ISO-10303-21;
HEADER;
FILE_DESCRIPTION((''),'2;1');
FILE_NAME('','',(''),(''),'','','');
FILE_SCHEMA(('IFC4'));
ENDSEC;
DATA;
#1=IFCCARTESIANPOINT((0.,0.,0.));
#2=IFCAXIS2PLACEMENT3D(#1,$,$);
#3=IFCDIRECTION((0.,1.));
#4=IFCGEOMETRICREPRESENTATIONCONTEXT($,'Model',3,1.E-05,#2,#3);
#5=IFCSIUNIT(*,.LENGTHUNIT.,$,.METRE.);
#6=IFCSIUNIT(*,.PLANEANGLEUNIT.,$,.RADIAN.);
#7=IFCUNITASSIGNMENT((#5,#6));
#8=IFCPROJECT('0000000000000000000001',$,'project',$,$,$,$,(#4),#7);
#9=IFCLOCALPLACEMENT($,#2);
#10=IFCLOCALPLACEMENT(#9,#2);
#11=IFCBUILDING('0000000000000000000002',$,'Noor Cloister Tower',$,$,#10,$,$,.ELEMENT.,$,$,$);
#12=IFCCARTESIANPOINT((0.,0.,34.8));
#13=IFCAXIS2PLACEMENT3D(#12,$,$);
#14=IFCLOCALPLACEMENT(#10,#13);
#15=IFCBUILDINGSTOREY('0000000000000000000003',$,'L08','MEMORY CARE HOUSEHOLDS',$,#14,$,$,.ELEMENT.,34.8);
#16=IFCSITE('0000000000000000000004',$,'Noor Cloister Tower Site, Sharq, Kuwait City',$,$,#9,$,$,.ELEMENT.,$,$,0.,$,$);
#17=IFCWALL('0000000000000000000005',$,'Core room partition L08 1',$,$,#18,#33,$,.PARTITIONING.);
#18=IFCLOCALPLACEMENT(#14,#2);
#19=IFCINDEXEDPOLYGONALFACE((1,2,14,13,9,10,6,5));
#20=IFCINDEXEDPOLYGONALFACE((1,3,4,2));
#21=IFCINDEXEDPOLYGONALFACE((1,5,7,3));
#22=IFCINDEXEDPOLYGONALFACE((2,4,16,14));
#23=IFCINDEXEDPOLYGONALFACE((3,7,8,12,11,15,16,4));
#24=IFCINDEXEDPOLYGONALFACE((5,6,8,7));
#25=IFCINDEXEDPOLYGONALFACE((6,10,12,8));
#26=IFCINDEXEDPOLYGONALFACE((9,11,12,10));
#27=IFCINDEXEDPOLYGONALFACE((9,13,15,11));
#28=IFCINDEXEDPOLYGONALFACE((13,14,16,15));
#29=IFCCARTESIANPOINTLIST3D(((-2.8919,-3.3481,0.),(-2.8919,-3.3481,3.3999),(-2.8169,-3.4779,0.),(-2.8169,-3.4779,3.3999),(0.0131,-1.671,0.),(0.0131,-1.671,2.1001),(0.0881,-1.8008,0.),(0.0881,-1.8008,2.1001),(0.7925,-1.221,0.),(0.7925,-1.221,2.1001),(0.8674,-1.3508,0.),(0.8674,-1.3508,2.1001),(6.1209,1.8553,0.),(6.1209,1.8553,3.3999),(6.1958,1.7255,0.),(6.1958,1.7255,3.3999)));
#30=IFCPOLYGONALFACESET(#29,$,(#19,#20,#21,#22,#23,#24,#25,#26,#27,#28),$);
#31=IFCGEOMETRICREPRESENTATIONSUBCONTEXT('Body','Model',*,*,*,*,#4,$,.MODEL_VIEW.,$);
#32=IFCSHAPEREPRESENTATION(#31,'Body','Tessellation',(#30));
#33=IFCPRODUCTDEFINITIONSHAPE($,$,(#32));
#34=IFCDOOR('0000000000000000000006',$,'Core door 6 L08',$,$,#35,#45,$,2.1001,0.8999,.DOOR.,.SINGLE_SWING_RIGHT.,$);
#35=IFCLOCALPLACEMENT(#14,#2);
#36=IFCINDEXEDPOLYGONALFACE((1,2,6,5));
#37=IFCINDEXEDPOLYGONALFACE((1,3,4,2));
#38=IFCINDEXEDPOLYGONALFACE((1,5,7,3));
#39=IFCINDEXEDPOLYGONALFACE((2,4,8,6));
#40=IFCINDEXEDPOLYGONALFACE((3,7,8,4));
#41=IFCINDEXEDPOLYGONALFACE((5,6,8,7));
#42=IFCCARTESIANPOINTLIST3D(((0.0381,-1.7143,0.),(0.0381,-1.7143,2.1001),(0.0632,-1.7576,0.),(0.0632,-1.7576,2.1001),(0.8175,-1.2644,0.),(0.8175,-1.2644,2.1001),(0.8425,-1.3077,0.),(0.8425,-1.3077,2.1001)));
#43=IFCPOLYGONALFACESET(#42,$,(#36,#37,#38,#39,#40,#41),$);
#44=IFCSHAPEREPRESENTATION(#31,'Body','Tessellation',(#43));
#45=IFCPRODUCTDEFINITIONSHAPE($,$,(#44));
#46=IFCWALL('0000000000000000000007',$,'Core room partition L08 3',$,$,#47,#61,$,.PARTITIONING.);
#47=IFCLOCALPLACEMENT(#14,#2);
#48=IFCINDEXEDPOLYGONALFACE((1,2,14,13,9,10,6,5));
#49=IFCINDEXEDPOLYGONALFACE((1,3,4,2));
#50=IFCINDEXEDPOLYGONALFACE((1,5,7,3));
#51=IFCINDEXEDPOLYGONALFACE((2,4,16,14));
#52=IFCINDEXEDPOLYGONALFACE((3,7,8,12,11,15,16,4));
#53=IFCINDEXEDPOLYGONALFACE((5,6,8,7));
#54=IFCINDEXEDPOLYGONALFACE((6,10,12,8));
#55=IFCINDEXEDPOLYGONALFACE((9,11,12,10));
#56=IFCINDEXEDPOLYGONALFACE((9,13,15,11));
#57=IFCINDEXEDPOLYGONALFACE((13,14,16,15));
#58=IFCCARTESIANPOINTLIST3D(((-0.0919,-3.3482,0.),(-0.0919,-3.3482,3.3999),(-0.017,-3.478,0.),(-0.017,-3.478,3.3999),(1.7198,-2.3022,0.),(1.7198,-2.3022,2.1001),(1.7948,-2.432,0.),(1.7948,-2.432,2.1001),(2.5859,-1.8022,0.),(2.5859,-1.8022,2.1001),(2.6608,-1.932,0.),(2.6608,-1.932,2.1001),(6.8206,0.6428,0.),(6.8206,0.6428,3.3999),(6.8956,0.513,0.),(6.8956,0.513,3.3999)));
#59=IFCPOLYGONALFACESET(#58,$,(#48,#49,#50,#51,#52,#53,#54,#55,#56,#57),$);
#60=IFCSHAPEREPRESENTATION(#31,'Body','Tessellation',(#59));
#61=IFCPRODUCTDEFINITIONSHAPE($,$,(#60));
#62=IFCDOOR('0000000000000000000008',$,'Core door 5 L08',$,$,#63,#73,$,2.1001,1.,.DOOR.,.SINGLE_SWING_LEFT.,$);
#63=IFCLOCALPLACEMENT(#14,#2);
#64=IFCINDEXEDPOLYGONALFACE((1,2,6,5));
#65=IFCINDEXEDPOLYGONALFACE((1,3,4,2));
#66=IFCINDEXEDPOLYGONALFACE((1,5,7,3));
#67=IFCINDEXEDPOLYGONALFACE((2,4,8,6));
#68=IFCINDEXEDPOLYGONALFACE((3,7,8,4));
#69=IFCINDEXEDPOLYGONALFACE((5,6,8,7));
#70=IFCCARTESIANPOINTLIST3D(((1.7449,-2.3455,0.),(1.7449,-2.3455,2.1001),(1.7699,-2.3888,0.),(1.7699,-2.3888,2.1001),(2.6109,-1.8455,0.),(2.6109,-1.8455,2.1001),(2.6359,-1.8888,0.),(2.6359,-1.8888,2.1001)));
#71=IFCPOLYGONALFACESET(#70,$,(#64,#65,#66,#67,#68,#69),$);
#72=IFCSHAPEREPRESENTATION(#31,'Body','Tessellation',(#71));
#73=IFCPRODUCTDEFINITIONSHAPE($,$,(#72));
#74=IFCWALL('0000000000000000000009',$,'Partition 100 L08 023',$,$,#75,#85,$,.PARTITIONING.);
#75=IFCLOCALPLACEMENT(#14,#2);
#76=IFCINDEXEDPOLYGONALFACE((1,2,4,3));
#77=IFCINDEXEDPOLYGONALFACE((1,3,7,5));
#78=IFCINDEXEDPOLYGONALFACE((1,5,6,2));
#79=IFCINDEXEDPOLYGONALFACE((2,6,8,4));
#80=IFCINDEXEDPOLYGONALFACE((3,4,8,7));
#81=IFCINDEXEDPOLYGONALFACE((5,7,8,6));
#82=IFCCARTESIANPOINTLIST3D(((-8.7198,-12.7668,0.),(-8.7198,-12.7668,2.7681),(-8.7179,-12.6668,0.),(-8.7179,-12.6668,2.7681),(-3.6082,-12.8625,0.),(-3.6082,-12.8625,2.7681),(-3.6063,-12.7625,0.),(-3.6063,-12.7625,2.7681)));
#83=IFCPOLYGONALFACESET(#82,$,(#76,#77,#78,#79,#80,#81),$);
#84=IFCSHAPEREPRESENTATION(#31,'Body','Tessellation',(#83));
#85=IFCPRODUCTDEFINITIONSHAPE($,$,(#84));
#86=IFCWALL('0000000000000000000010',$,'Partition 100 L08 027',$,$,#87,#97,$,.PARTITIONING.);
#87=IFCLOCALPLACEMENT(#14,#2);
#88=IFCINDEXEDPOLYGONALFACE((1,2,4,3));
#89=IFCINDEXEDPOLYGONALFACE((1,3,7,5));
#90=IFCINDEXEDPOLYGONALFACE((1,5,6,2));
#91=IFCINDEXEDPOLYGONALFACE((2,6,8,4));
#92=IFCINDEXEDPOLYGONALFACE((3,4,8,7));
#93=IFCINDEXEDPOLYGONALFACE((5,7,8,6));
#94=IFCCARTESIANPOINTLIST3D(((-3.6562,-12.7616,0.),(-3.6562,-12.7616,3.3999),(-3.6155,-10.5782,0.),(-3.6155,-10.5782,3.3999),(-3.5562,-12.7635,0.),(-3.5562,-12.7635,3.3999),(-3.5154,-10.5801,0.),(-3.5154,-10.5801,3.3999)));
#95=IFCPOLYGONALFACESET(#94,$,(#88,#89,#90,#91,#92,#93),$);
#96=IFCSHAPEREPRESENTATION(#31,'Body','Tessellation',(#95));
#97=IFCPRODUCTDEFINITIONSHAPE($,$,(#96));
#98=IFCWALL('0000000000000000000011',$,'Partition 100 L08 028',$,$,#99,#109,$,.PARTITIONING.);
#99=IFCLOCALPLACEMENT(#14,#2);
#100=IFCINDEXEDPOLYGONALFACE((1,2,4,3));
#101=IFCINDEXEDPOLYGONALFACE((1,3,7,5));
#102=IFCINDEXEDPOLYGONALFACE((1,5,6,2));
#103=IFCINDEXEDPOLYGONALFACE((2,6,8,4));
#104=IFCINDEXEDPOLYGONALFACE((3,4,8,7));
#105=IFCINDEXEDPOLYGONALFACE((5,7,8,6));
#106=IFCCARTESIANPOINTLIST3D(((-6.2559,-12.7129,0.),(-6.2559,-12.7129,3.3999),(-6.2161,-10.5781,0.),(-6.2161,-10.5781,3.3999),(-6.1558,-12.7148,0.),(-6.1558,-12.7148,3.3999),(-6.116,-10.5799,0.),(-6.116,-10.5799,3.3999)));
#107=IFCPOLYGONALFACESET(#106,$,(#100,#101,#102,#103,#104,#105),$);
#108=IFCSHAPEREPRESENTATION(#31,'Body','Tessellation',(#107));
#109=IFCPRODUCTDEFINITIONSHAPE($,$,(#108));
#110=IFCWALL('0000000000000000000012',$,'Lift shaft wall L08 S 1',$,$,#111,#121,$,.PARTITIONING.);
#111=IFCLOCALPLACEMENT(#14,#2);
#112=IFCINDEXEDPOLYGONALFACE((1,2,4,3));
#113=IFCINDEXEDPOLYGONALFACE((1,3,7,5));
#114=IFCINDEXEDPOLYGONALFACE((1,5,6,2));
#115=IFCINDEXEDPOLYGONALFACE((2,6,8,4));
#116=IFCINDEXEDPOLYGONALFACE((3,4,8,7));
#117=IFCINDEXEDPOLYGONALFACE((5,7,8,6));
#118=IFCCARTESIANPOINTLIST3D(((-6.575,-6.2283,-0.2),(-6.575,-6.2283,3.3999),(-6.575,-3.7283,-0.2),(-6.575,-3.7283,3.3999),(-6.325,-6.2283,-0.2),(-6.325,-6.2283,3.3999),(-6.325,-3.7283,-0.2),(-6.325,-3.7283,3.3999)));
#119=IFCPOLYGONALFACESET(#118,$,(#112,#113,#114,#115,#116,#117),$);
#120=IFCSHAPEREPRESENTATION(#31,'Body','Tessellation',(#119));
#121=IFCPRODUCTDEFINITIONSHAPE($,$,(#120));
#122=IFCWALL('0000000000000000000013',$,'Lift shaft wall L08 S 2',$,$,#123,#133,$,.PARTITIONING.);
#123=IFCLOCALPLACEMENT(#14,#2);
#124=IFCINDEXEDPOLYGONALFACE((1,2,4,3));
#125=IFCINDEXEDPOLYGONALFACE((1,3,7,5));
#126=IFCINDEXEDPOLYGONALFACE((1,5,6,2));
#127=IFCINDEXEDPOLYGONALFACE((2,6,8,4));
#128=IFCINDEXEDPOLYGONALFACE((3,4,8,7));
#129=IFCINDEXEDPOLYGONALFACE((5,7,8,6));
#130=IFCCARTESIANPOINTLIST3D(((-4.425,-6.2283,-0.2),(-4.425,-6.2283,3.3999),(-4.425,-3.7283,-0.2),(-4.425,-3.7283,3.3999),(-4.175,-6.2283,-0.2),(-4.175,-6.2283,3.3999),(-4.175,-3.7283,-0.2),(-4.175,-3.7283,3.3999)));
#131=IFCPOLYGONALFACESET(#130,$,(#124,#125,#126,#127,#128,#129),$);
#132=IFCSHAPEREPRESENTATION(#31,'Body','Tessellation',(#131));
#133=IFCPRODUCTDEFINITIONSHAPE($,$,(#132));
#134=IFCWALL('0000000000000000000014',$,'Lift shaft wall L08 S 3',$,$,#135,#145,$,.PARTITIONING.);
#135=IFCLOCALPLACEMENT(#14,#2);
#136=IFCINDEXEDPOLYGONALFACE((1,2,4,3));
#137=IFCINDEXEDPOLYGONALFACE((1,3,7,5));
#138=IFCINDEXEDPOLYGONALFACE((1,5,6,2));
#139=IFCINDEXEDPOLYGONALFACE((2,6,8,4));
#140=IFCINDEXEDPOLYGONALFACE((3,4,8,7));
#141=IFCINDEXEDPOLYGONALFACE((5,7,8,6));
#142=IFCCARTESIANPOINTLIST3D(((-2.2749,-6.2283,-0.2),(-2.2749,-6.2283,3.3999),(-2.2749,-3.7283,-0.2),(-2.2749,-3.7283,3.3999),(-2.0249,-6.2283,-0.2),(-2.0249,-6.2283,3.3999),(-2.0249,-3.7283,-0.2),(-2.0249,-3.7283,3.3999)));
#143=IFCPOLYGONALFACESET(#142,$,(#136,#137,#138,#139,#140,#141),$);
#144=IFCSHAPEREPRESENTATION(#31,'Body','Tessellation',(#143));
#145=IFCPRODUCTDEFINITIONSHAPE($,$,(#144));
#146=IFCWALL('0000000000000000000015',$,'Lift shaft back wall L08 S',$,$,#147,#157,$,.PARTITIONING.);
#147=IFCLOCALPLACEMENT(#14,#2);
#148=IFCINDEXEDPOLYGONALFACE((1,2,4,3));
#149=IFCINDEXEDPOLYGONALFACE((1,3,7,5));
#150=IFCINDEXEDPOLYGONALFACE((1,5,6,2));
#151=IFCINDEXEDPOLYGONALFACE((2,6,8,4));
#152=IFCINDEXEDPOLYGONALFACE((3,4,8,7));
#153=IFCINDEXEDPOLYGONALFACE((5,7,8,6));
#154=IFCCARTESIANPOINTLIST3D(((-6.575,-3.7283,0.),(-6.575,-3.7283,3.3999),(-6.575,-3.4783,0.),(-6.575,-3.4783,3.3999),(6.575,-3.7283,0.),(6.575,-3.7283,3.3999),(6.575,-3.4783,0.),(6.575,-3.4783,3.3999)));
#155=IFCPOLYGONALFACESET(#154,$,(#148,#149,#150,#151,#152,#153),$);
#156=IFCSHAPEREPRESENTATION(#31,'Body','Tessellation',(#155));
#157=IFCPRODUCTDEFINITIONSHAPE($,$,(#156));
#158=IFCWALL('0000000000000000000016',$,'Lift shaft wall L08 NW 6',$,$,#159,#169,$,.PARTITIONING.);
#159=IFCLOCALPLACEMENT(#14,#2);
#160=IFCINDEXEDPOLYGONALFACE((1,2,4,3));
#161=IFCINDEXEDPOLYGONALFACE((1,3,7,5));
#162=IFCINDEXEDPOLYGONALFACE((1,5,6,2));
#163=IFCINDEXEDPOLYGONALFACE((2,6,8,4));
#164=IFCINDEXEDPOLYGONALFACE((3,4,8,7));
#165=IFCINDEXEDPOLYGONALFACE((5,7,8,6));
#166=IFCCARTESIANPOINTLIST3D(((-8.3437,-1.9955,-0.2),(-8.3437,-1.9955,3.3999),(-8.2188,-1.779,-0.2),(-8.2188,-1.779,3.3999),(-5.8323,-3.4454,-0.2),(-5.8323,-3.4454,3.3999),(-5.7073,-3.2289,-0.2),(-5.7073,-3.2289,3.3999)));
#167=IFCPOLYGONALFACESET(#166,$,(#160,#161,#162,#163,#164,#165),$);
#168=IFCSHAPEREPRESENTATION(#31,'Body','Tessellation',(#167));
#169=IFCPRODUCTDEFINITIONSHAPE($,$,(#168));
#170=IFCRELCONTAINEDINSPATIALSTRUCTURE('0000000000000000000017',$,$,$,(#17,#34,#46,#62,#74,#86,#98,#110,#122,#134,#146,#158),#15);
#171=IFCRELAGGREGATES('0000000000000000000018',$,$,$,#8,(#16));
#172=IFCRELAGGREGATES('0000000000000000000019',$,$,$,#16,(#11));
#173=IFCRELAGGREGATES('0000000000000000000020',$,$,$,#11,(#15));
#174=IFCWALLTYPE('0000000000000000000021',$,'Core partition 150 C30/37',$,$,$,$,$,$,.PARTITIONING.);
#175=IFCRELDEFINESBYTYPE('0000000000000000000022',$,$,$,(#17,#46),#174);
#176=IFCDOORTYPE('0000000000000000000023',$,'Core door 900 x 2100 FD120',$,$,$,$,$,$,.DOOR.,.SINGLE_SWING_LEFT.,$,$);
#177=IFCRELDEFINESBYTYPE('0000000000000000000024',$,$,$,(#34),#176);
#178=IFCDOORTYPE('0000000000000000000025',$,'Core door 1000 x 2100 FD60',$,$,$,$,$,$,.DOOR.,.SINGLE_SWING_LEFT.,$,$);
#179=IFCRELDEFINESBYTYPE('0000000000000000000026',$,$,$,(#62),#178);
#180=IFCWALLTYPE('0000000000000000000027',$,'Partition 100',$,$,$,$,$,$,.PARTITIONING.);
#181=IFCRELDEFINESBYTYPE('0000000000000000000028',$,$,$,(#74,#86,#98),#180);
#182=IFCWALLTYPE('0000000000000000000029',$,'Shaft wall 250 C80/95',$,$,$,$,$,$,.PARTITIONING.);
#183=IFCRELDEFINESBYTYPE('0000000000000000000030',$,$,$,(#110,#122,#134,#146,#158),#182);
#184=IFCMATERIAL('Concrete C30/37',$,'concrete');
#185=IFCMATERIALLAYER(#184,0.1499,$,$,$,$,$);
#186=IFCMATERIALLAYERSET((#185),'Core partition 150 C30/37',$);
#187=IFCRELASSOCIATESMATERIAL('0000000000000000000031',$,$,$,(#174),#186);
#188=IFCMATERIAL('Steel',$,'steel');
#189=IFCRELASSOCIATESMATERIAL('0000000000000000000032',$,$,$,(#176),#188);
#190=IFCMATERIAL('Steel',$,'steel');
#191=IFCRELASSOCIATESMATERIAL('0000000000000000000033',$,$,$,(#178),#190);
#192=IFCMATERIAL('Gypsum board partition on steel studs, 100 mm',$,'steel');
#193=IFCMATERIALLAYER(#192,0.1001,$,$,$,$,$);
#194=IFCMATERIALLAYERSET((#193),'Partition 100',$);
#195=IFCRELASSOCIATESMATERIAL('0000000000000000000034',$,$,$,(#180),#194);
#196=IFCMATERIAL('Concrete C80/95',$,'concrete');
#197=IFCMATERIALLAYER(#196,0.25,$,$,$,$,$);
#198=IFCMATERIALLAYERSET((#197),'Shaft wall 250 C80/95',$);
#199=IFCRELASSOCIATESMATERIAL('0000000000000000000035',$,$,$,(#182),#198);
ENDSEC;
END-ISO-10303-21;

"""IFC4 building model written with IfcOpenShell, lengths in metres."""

from ifc_helpers import new_model, si_unit, direction, frame, frame_2d, origin, place, context, subcontext, project, spatial, rectangle, extrude, material, layer, layer_set, type_object, element, fill, save


model = new_model("IFC4")

# Units and contexts
model_context = context("Model", 3, precision=1e-05, world=origin(), true_north=direction((0.0, 1.0)))
body_context = subcontext(model_context, "Body", "Model", "MODEL_VIEW")
ifc_project = project(units=[si_unit("LENGTHUNIT", "METRE"), si_unit("PLANEANGLEUNIT", "RADIAN")], contexts=[model_context])

# Site, building, storey
site_placement = place(None, origin())
site = spatial("IfcSite", under=ifc_project, at=site_placement, Name="Noor Cloister Tower Site, Sharq, Kuwait City", CompositionType="ELEMENT", RefElevation=0.0)
building_placement = place(site_placement, origin())
building = spatial("IfcBuilding", under=site, at=building_placement, Name="Noor Cloister Tower", CompositionType="ELEMENT")
storey_placement = place(building_placement, frame((0.0, 0.0, 34.8)))
storey = spatial("IfcBuildingStorey", under=building, at=storey_placement, Name="L08", Description="MEMORY CARE HOUSEHOLDS", CompositionType="ELEMENT", Elevation=34.8)

# Walls, openings, doors
ifc_material_1 = material(Name="Concrete C30/37", Category="concrete")
ifc_layer_1 = layer(ifc_material_1, 0.1499)
ifc_layer_set_1 = layer_set([ifc_layer_1], Name="Core partition 150 C30/37")
wall_type_1 = type_object("IfcWallType", Name="Core partition 150 C30/37", PredefinedType="PARTITIONING", material=ifc_layer_set_1)
wall_1_placement = place(storey_placement, frame((-2.8545, -3.4131, 0.0), z_axis=(0.0, 0.0, 1.0), x_axis=(0.86603, 0.499992, 0.0)))
wall_1 = element("IfcWall", 1, at=wall_1_placement, inside=storey, type_object=wall_type_1, Name="Core room partition L08 1", PredefinedType="PARTITIONING", context=body_context, shape_type="SweptSolid", body=[
    extrude(rectangle(XDim=10.407, YDim=0.1499, at=frame_2d((5.2036, 0.0))), origin(), (0.0, 0.0, 1.0), 3.3999),
])
opening_1_placement = place(wall_1_placement, frame((3.3545, 0.0, 0.0)))
opening_1 = element("IfcOpeningElement", 2, at=opening_1_placement, cuts=wall_1, PredefinedType="OPENING", context=body_context, shape_type="SweptSolid", body=[
    extrude(rectangle(XDim=0.8999, YDim=2.1001, at=frame_2d((0.45, 1.05))), frame((0.0, 0.085, 0.0), z_axis=(0.0, -1.0, 0.0), x_axis=(1.0, 0.0, 0.0)), (0.0, 0.0, 1.0), 0.1699),
])
ifc_material_2 = material(Name="Steel", Category="steel")
door_type_1 = type_object("IfcDoorType", Name="Core door 900 x 2100 FD120", OperationType="SINGLE_SWING_LEFT", PredefinedType="DOOR", material=ifc_material_2)
door_1_placement = place(opening_1_placement, origin())
door_1 = element("IfcDoor", 3, at=door_1_placement, inside=storey, type_object=door_type_1, Name="Core door 6 L08", OperationType="SINGLE_SWING_RIGHT", OverallHeight=2.1001, OverallWidth=0.8999, PredefinedType="DOOR", context=body_context, shape_type="SweptSolid", body=[
    extrude(rectangle(XDim=0.8999, YDim=2.1001, at=frame_2d((0.45, 1.05))), frame((0.0, 0.0249, 0.0), z_axis=(0.0, -1.0, 0.0), x_axis=(1.0, 0.0, 0.0)), (0.0, 0.0, 1.0), 0.05),
])
fill(opening_1, door_1)
wall_2_placement = place(storey_placement, frame((-0.0544, -3.4131, 0.0), z_axis=(0.0, 0.0, 1.0), x_axis=(0.866027, 0.499998, 0.0)))
wall_2 = element("IfcWall", 4, at=wall_2_placement, inside=storey, type_object=wall_type_1, Name="Core room partition L08 3", PredefinedType="PARTITIONING", context=body_context, shape_type="SweptSolid", body=[
    extrude(rectangle(XDim=7.9819, YDim=0.1499, at=frame_2d((3.991, 0.0))), origin(), (0.0, 0.0, 1.0), 3.3999),
])
opening_2_placement = place(wall_2_placement, frame((2.092, 0.0, 0.0)))
opening_2 = element("IfcOpeningElement", 5, at=opening_2_placement, cuts=wall_2, PredefinedType="OPENING", context=body_context, shape_type="SweptSolid", body=[
    extrude(rectangle(XDim=1.0, YDim=2.1001, at=frame_2d((0.5, 1.05))), frame((0.0, 0.085, 0.0), z_axis=(0.0, -1.0, 0.0), x_axis=(1.0, 0.0, 0.0)), (0.0, 0.0, 1.0), 0.1699),
])
ifc_material_3 = material(Name="Steel", Category="steel")
door_type_2 = type_object("IfcDoorType", Name="Core door 1000 x 2100 FD60", OperationType="SINGLE_SWING_LEFT", PredefinedType="DOOR", material=ifc_material_3)
door_2_placement = place(opening_2_placement, origin())
door_2 = element("IfcDoor", 6, at=door_2_placement, inside=storey, type_object=door_type_2, Name="Core door 5 L08", OperationType="SINGLE_SWING_LEFT", OverallHeight=2.1001, OverallWidth=1.0, PredefinedType="DOOR", context=body_context, shape_type="SweptSolid", body=[
    extrude(rectangle(XDim=1.0, YDim=2.1001, at=frame_2d((0.5, 1.05))), frame((0.0, 0.0249, 0.0), z_axis=(0.0, -1.0, 0.0), x_axis=(1.0, 0.0, 0.0)), (0.0, 0.0, 1.0), 0.05),
])
fill(opening_2, door_2)

# Walls
ifc_material_4 = material(Name="Gypsum board partition on steel studs, 100 mm", Category="steel")
ifc_layer_2 = layer(ifc_material_4, 0.1001)
ifc_layer_set_2 = layer_set([ifc_layer_2], Name="Partition 100")
wall_type_2 = type_object("IfcWallType", Name="Partition 100", PredefinedType="PARTITIONING", material=ifc_layer_set_2)
wall_3_placement = place(storey_placement, frame((-8.7188, -12.7168, 0.0), z_axis=(0.0, 0.0, 1.0), x_axis=(0.999825, -0.01872, 0.0)))
element("IfcWall", 7, at=wall_3_placement, inside=storey, type_object=wall_type_2, Name="Partition 100 L08 023", PredefinedType="PARTITIONING", context=body_context, shape_type="SweptSolid", body=[
    extrude(rectangle(XDim=5.1125, YDim=0.1001, at=frame_2d((2.5562, 0.0))), origin(), (0.0, 0.0, 1.0), 2.7681),
])
wall_4_placement = place(storey_placement, frame((-3.6062, -12.7625, 0.0), z_axis=(0.0, 0.0, 1.0), x_axis=(0.018671, 0.999826, 0.0)))
element("IfcWall", 8, at=wall_4_placement, inside=storey, type_object=wall_type_2, Name="Partition 100 L08 027", PredefinedType="PARTITIONING", context=body_context, shape_type="SweptSolid", body=[
    extrude(rectangle(XDim=2.1838, YDim=0.1001, at=frame_2d((1.0918, 0.0))), origin(), (0.0, 0.0, 1.0), 3.3999),
])
wall_5_placement = place(storey_placement, frame((-6.2058, -12.7139, 0.0), z_axis=(0.0, 0.0, 1.0), x_axis=(0.018638, 0.999826, 0.0)))
element("IfcWall", 9, at=wall_5_placement, inside=storey, type_object=wall_type_2, Name="Partition 100 L08 028", PredefinedType="PARTITIONING", context=body_context, shape_type="SweptSolid", body=[
    extrude(rectangle(XDim=2.1353, YDim=0.1001, at=frame_2d((1.0676, 0.0))), origin(), (0.0, 0.0, 1.0), 3.3999),
])
ifc_material_5 = material(Name="Concrete C80/95", Category="concrete")
ifc_layer_3 = layer(ifc_material_5, 0.25)
ifc_layer_set_3 = layer_set([ifc_layer_3], Name="Shaft wall 250 C80/95")
wall_type_3 = type_object("IfcWallType", Name="Shaft wall 250 C80/95", PredefinedType="PARTITIONING", material=ifc_layer_set_3)
for number, where, z_axis, x_axis, name in (
    (10, (-6.45, -6.2283, -0.2), (0.0, 0.0, 1.0), (0.0, 1.0, 0.0), "Lift shaft wall L08 S 1"),
    (11, (-4.3, -6.2283, -0.2), (0.0, 0.0, 1.0), (0.0, 1.0, 0.0), "Lift shaft wall L08 S 2"),
    (12, (-2.1499, -6.2283, -0.2), (0.0, 0.0, 1.0), (0.0, 1.0, 0.0), "Lift shaft wall L08 S 3"),
):
    element("IfcWall", number, at=place(storey_placement, frame(where, z_axis=z_axis, x_axis=x_axis)), inside=storey, type_object=wall_type_3, Name=name, PredefinedType="PARTITIONING", context=body_context, shape_type="SweptSolid", body=[
        extrude(rectangle(XDim=2.5, YDim=0.25, at=frame_2d((1.25, 0.0))), origin(), (0.0, 0.0, 1.0), 3.5999),
    ])
wall_6_placement = place(storey_placement, frame((-6.575, -3.6033, 0.0), z_axis=(0.0, 0.0, 1.0), x_axis=(1.0, 0.0, 0.0)))
element("IfcWall", 13, at=wall_6_placement, inside=storey, type_object=wall_type_3, Name="Lift shaft back wall L08 S", PredefinedType="PARTITIONING", context=body_context, shape_type="SweptSolid", body=[
    extrude(rectangle(XDim=13.1499, YDim=0.25, at=frame_2d((6.575, 0.0))), origin(), (0.0, 0.0, 1.0), 3.3999),
])
wall_7_placement = place(storey_placement, frame((-8.2812, -1.8872, -0.2), z_axis=(0.0, 0.0, 1.0), x_axis=(0.866033, -0.499987, 0.0)))
element("IfcWall", 14, at=wall_7_placement, inside=storey, type_object=wall_type_3, Name="Lift shaft wall L08 NW 6", PredefinedType="PARTITIONING", context=body_context, shape_type="SweptSolid", body=[
    extrude(rectangle(XDim=2.8999, YDim=0.25, at=frame_2d((1.45, 0.0))), origin(), (0.0, 0.0, 1.0), 3.5999),
])

save(model, "model.ifc")
